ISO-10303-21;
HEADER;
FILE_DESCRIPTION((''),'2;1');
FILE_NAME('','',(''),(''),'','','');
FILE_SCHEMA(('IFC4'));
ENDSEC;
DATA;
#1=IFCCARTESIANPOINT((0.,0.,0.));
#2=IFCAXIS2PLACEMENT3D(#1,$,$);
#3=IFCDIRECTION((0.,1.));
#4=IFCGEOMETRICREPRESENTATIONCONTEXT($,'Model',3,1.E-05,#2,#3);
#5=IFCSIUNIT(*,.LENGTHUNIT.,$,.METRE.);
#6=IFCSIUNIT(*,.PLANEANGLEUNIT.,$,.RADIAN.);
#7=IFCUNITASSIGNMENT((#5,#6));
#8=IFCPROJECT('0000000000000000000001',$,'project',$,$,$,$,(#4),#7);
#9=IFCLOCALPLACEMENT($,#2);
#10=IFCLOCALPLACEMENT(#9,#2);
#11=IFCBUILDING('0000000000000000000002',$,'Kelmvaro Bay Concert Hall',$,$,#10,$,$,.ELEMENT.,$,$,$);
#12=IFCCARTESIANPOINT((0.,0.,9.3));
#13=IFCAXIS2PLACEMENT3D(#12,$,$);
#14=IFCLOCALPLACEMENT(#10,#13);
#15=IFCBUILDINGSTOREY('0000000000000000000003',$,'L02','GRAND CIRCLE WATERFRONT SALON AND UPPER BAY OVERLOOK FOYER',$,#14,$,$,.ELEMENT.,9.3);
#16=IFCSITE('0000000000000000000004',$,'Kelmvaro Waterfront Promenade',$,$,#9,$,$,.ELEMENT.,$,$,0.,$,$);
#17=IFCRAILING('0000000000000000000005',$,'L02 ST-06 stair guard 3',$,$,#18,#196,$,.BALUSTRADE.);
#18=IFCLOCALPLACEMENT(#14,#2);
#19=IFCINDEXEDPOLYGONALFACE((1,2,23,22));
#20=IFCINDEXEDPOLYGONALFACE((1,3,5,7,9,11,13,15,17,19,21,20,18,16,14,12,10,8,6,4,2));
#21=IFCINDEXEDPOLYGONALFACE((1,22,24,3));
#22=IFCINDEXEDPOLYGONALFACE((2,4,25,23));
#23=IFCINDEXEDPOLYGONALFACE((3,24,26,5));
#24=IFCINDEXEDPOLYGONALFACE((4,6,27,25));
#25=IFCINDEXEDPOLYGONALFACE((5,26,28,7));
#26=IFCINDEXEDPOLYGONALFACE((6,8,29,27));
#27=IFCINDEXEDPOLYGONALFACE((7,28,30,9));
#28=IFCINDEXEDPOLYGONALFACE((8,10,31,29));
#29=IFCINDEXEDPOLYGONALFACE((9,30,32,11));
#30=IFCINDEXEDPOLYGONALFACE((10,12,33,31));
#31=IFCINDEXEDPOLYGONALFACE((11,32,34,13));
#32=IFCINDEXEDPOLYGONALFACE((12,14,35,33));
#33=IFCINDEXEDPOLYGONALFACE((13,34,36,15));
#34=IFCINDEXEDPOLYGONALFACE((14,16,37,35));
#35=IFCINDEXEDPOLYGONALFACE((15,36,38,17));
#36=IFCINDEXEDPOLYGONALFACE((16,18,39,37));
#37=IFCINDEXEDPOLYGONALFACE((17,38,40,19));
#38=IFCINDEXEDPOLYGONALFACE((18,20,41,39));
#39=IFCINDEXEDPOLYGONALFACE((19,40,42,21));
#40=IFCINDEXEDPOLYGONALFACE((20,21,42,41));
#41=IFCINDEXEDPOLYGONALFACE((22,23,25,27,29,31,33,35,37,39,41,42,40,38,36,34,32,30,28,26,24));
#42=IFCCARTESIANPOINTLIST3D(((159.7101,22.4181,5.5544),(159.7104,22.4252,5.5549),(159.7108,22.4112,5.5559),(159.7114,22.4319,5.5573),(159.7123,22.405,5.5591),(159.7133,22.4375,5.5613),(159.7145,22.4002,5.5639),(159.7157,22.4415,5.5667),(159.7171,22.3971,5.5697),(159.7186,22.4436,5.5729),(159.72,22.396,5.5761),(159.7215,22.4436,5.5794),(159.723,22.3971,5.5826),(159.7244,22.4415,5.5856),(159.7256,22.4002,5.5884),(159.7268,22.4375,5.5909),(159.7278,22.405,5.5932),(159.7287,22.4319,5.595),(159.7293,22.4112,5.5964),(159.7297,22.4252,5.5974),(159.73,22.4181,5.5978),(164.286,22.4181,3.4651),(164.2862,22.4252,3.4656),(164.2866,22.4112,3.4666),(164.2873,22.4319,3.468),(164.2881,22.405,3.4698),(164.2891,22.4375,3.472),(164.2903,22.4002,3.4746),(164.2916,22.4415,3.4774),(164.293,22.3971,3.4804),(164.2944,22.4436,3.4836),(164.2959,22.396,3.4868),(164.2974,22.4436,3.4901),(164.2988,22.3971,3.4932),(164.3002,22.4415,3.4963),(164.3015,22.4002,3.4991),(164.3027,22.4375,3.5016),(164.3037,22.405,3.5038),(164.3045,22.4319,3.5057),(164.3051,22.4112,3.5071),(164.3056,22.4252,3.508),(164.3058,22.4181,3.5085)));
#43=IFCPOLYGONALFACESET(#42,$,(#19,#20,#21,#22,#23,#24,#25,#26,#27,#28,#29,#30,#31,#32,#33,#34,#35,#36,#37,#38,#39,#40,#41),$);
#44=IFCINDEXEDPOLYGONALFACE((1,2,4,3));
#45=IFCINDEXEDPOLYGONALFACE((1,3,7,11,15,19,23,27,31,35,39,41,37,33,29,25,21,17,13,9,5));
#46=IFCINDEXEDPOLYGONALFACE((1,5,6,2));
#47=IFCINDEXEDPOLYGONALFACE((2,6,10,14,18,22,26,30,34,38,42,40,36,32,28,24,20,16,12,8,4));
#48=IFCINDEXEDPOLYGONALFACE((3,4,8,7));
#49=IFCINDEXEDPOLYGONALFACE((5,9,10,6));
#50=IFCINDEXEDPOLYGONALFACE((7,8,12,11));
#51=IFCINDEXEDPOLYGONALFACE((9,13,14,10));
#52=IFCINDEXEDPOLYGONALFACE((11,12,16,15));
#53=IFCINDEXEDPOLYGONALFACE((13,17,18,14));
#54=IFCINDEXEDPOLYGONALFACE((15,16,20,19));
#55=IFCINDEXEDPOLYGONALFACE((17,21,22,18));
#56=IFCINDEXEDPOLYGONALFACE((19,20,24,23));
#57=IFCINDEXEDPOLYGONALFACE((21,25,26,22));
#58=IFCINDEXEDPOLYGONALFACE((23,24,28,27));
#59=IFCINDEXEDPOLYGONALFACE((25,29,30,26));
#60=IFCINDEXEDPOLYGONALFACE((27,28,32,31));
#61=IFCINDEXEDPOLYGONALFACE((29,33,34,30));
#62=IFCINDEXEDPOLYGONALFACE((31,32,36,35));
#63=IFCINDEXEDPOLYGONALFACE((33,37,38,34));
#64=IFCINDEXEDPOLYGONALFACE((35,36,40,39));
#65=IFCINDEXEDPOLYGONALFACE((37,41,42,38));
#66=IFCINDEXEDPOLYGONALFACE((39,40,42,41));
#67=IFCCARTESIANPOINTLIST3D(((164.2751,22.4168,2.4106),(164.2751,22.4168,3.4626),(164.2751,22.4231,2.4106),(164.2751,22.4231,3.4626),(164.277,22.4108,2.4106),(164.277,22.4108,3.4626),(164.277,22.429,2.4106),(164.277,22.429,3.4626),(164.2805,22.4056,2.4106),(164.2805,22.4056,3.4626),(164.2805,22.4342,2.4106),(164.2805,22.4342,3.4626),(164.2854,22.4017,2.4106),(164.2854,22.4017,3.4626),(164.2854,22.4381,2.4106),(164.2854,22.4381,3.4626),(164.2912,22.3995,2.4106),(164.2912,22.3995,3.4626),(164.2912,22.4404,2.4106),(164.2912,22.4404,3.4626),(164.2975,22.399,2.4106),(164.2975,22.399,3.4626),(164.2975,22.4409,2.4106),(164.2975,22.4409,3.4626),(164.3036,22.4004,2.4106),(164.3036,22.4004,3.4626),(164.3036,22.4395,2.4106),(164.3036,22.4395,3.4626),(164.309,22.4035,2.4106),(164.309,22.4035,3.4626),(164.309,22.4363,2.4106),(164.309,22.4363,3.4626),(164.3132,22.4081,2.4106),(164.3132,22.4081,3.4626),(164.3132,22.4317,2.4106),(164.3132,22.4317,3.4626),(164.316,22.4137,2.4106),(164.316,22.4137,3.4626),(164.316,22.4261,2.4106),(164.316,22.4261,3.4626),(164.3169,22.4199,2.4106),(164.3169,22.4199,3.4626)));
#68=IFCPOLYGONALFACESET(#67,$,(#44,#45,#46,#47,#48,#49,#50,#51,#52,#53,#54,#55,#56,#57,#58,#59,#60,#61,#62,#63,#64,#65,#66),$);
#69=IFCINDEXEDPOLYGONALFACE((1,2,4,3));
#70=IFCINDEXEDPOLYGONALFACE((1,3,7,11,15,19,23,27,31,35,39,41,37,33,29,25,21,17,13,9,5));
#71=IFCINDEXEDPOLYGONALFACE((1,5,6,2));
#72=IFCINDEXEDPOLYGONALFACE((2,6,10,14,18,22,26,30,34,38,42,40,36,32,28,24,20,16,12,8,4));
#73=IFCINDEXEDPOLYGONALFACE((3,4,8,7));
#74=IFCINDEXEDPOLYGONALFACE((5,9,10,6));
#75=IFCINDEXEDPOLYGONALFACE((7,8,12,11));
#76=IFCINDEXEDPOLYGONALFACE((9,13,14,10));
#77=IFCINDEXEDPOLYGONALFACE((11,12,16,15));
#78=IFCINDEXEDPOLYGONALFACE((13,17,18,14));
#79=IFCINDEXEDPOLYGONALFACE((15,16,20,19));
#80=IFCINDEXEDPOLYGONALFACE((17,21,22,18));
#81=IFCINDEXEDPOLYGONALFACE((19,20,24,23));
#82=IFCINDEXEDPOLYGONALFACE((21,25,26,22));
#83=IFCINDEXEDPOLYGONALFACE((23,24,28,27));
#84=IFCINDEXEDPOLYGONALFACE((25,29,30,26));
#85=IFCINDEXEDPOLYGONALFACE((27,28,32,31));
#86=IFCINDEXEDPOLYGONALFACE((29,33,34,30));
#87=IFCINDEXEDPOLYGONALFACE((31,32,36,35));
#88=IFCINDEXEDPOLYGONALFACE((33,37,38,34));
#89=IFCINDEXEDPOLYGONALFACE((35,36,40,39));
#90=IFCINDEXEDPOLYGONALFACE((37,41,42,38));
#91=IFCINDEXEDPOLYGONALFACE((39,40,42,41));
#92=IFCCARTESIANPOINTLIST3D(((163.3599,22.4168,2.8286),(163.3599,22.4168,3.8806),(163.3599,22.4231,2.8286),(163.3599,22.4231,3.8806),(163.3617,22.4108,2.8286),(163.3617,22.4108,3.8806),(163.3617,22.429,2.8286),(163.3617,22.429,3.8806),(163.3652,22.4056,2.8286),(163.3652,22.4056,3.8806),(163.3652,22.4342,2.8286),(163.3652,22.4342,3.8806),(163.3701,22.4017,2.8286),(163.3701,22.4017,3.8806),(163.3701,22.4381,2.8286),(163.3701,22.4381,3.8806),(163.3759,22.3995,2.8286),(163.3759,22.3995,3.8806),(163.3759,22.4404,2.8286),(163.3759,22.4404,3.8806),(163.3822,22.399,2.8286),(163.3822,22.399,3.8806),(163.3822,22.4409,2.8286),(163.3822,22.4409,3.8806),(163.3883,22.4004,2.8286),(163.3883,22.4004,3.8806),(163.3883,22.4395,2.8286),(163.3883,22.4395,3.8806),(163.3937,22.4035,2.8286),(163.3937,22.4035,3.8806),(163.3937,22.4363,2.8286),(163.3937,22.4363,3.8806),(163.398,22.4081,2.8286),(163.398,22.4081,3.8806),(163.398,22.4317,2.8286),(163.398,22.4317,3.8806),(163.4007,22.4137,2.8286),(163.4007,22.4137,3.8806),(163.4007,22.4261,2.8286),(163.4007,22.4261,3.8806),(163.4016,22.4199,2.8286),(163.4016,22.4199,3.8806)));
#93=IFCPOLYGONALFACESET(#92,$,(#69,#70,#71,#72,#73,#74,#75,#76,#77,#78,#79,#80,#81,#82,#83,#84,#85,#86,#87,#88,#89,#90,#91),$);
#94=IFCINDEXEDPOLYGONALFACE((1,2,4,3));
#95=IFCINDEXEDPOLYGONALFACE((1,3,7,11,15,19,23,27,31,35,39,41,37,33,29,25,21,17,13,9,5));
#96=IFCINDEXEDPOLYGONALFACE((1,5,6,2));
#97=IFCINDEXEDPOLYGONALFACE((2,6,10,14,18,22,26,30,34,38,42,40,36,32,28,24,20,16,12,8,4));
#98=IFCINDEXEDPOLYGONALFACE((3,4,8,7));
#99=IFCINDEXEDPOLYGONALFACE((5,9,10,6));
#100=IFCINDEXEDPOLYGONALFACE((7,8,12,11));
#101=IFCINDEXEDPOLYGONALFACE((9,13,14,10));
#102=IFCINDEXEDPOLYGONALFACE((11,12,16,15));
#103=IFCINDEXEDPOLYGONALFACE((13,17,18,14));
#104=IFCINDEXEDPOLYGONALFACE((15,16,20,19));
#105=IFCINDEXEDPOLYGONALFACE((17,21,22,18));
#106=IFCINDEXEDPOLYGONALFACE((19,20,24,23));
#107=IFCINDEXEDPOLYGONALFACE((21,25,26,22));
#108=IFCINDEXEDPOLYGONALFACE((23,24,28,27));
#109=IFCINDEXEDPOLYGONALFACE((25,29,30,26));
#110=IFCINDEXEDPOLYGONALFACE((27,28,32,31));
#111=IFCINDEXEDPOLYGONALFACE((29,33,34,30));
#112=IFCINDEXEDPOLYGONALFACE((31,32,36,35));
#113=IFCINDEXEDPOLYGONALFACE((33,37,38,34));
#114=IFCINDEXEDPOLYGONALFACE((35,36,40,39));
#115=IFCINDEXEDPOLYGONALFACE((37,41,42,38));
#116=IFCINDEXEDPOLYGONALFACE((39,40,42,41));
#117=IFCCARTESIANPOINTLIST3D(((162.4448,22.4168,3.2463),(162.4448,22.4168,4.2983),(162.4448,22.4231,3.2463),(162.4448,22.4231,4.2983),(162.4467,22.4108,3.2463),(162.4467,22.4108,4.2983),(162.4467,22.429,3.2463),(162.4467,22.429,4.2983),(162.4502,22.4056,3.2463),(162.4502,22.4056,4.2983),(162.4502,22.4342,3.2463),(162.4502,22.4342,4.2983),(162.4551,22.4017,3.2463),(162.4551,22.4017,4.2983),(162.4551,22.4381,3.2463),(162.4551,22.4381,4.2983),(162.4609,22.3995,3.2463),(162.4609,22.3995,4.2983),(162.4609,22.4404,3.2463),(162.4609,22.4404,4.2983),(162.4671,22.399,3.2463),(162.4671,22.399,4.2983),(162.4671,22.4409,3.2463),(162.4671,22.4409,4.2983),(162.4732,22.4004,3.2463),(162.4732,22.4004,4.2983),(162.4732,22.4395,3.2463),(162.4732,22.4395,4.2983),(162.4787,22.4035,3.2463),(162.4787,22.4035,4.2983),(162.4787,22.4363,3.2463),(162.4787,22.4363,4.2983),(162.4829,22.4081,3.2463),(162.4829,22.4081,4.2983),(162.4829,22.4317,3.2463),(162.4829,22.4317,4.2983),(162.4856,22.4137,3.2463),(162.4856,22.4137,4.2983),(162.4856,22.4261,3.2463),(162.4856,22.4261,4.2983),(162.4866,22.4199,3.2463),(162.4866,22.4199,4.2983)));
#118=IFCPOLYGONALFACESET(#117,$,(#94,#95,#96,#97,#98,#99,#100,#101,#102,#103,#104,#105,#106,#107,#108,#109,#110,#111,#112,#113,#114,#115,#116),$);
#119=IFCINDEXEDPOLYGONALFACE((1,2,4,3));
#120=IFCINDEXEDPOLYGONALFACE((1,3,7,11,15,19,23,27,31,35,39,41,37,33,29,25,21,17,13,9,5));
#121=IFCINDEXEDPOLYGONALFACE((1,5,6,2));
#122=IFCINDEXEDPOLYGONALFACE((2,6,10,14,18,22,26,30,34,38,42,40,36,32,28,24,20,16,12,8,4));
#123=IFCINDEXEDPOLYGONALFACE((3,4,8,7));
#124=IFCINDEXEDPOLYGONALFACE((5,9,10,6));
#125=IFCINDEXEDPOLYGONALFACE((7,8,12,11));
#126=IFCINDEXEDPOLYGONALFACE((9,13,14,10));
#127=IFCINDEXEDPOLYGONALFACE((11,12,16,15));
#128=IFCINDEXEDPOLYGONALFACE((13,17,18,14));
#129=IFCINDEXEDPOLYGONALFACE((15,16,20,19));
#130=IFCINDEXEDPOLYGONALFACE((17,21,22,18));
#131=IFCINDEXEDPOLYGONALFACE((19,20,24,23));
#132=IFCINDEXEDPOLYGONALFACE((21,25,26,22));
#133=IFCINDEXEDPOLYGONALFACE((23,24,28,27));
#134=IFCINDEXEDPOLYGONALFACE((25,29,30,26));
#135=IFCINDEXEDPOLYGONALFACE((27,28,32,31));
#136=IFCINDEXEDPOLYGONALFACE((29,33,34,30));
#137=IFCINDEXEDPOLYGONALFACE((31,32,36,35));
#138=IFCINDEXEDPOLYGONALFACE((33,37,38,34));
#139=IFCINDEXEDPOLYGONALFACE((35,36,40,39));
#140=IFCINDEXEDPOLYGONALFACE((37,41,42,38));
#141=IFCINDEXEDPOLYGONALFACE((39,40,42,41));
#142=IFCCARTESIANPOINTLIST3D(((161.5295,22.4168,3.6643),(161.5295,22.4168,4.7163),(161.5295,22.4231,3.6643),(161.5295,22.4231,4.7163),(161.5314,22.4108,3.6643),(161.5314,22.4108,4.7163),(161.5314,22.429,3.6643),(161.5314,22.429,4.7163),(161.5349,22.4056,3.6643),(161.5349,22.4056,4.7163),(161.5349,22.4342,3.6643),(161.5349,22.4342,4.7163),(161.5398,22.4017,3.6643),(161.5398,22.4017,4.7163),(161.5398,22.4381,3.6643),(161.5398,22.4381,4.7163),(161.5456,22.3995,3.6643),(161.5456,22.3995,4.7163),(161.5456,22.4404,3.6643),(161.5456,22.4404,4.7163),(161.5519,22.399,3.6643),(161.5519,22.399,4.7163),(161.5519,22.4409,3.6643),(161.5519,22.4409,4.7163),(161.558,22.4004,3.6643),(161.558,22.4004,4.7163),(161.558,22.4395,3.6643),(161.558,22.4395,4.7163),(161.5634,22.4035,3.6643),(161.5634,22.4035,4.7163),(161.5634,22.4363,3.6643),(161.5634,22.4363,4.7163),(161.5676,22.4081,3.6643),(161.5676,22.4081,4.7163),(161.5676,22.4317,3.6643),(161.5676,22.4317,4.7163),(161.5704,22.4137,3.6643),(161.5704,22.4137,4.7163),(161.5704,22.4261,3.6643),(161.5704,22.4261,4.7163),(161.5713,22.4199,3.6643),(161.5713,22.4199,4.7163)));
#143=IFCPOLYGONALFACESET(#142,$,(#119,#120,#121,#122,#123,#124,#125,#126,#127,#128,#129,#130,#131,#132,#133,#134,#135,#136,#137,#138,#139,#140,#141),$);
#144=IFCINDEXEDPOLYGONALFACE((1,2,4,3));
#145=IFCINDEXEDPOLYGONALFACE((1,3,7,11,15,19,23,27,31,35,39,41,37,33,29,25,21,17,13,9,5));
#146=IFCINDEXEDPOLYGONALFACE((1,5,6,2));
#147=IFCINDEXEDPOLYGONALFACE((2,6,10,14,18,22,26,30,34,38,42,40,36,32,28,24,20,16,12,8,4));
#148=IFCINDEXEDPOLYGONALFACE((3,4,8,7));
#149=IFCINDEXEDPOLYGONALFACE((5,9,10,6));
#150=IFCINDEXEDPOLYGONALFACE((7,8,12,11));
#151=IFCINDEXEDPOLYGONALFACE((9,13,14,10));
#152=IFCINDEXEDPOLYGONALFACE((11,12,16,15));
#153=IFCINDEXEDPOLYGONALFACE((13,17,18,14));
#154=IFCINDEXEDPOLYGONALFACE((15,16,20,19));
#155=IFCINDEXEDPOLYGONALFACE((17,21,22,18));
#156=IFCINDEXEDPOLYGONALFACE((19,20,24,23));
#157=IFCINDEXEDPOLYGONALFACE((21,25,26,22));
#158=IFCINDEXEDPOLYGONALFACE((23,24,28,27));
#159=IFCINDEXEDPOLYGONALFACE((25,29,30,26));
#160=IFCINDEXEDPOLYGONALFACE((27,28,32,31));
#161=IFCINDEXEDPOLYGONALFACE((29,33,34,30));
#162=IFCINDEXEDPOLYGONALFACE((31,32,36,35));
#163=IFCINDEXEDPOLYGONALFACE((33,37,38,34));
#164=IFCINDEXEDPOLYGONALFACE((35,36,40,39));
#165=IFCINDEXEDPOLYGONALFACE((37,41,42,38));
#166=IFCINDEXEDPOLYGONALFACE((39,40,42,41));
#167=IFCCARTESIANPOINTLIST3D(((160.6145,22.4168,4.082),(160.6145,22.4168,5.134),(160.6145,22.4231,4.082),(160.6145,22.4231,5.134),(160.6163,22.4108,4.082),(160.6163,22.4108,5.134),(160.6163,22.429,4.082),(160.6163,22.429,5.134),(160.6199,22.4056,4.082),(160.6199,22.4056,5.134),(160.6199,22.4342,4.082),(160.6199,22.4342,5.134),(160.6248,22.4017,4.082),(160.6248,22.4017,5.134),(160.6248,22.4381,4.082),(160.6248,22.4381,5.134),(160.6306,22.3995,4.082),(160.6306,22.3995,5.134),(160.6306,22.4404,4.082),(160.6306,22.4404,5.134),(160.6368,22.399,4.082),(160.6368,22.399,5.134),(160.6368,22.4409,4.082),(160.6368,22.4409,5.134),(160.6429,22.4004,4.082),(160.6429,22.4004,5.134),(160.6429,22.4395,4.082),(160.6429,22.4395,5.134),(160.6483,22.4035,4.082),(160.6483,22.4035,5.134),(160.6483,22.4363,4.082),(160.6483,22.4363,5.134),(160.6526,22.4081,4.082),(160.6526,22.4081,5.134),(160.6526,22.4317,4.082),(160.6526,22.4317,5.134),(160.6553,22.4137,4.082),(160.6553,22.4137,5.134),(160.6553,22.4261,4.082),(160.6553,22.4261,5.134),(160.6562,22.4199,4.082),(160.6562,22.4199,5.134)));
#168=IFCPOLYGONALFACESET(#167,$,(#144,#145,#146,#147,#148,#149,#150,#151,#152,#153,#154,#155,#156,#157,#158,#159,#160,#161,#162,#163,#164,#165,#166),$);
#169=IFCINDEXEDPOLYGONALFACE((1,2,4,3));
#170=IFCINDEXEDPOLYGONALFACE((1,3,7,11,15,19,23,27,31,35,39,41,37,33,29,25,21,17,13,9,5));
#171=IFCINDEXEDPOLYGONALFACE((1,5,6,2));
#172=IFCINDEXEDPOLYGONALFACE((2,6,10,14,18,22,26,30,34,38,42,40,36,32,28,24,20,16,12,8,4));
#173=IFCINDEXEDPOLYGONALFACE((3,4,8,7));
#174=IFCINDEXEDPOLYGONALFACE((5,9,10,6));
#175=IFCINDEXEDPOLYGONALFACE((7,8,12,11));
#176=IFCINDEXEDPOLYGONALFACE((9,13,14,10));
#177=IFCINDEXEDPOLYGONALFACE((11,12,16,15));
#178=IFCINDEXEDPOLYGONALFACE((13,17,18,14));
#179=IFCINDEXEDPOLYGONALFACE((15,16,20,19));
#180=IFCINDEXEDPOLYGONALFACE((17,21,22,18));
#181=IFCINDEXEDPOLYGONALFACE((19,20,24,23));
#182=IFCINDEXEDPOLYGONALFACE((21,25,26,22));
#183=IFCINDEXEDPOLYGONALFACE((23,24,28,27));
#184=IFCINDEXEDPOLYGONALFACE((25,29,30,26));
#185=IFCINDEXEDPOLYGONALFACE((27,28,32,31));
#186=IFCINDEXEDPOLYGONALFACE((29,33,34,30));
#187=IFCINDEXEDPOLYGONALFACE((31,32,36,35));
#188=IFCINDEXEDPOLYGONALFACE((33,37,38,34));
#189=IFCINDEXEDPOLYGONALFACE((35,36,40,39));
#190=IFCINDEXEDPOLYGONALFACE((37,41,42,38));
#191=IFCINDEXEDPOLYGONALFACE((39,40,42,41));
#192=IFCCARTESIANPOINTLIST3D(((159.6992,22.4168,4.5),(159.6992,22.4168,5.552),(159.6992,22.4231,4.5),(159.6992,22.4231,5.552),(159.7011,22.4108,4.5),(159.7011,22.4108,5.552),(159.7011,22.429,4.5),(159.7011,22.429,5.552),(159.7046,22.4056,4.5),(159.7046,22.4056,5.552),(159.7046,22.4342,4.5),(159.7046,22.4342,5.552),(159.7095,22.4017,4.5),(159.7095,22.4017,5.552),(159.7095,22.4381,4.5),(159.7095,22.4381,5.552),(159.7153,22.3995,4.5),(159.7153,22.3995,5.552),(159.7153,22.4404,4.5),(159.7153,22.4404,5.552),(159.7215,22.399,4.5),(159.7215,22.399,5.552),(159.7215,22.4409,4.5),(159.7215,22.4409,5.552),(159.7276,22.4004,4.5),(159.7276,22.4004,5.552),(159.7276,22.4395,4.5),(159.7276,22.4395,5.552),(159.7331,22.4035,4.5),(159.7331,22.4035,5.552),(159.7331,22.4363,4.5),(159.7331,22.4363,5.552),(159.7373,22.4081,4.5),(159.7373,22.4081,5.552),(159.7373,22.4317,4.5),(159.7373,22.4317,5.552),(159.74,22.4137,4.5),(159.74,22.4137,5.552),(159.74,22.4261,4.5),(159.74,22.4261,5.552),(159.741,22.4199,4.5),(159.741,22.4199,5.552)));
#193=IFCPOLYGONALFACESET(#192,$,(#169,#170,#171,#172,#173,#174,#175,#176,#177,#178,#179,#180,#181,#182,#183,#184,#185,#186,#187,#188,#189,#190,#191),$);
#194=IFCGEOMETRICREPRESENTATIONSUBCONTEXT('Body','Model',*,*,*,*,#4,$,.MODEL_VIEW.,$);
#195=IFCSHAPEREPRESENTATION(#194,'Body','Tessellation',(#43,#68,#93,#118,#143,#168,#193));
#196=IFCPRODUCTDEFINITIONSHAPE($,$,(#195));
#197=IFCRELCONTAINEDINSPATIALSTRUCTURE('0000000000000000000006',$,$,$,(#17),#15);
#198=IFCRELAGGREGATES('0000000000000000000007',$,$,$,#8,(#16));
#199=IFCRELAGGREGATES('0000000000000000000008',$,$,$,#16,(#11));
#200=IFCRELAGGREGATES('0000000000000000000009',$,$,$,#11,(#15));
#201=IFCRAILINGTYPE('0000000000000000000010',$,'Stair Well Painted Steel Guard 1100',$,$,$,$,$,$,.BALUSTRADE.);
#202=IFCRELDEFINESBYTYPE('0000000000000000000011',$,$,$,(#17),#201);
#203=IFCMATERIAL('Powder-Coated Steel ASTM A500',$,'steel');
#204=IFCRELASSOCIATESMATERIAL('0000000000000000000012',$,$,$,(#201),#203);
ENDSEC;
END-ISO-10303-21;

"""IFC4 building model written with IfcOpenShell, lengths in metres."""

from ifc_helpers import new_model, si_unit, direction, frame, origin, origin_2d, place, context, subcontext, project, spatial, circle, extrude, material, type_object, element, save


model = new_model("IFC4")

# Units and contexts
model_context = context("Model", 3, precision=1e-05, world=origin(), true_north=direction((0.0, 1.0)))
body_context = subcontext(model_context, "Body", "Model", "MODEL_VIEW")
ifc_project = project(units=[si_unit("LENGTHUNIT", "METRE"), si_unit("PLANEANGLEUNIT", "RADIAN")], contexts=[model_context])

# Site, building, storey
site_placement = place(None, origin())
site = spatial("IfcSite", under=ifc_project, at=site_placement, Name="Kelmvaro Waterfront Promenade", CompositionType="ELEMENT", RefElevation=0.0)
building_placement = place(site_placement, origin())
building = spatial("IfcBuilding", under=site, at=building_placement, Name="Kelmvaro Bay Concert Hall", CompositionType="ELEMENT")
storey_placement = place(building_placement, frame((0.0, 0.0, 9.3)))
storey = spatial("IfcBuildingStorey", under=building, at=storey_placement, Name="L02", Description="GRAND CIRCLE WATERFRONT SALON AND UPPER BAY OVERLOOK FOYER", CompositionType="ELEMENT", Elevation=9.3)

# Railing
ifc_material_1 = material(Name="Powder-Coated Steel ASTM A500", Category="steel")
railing_type_1 = type_object("IfcRailingType", Name="Stair Well Painted Steel Guard 1100", PredefinedType="BALUSTRADE", material=ifc_material_1)
railing_1_placement = place(storey_placement, frame((164.2959, 22.4199, 2.4106)))
element("IfcRailing", 1, at=railing_1_placement, inside=storey, type_object=railing_type_1, Name="L02 ST-06 stair guard 3", PredefinedType="BALUSTRADE", context=body_context, shape_type="SweptSolid", body=[
    extrude(circle(Radius=0.0239, at=origin_2d()), frame((0.0, 0.0, 1.0762), z_axis=(-0.909662, 0.0, 0.415349), x_axis=(0.0, -1.0, 0.0)), (0.0, 0.0, 1.0), 5.0303),
    extrude(circle(Radius=0.021, at=origin_2d()), origin(), (0.0, 0.0, 1.0), 1.052),
    extrude(circle(Radius=0.021, at=origin_2d()), frame((-0.9153, 0.0, 0.418)), (0.0, 0.0, 1.0), 1.052),
    extrude(circle(Radius=0.021, at=origin_2d()), frame((-1.8303, 0.0, 0.8357)), (0.0, 0.0, 1.0), 1.052),
    extrude(circle(Radius=0.021, at=origin_2d()), frame((-2.7456, 0.0, 1.2537)), (0.0, 0.0, 1.0), 1.052),
    extrude(circle(Radius=0.021, at=origin_2d()), frame((-3.6606, 0.0, 1.6714)), (0.0, 0.0, 1.0), 1.052),
    extrude(circle(Radius=0.021, at=origin_2d()), frame((-4.5759, 0.0, 2.0894)), (0.0, 0.0, 1.0), 1.052),
])

save(model, "model.ifc")
